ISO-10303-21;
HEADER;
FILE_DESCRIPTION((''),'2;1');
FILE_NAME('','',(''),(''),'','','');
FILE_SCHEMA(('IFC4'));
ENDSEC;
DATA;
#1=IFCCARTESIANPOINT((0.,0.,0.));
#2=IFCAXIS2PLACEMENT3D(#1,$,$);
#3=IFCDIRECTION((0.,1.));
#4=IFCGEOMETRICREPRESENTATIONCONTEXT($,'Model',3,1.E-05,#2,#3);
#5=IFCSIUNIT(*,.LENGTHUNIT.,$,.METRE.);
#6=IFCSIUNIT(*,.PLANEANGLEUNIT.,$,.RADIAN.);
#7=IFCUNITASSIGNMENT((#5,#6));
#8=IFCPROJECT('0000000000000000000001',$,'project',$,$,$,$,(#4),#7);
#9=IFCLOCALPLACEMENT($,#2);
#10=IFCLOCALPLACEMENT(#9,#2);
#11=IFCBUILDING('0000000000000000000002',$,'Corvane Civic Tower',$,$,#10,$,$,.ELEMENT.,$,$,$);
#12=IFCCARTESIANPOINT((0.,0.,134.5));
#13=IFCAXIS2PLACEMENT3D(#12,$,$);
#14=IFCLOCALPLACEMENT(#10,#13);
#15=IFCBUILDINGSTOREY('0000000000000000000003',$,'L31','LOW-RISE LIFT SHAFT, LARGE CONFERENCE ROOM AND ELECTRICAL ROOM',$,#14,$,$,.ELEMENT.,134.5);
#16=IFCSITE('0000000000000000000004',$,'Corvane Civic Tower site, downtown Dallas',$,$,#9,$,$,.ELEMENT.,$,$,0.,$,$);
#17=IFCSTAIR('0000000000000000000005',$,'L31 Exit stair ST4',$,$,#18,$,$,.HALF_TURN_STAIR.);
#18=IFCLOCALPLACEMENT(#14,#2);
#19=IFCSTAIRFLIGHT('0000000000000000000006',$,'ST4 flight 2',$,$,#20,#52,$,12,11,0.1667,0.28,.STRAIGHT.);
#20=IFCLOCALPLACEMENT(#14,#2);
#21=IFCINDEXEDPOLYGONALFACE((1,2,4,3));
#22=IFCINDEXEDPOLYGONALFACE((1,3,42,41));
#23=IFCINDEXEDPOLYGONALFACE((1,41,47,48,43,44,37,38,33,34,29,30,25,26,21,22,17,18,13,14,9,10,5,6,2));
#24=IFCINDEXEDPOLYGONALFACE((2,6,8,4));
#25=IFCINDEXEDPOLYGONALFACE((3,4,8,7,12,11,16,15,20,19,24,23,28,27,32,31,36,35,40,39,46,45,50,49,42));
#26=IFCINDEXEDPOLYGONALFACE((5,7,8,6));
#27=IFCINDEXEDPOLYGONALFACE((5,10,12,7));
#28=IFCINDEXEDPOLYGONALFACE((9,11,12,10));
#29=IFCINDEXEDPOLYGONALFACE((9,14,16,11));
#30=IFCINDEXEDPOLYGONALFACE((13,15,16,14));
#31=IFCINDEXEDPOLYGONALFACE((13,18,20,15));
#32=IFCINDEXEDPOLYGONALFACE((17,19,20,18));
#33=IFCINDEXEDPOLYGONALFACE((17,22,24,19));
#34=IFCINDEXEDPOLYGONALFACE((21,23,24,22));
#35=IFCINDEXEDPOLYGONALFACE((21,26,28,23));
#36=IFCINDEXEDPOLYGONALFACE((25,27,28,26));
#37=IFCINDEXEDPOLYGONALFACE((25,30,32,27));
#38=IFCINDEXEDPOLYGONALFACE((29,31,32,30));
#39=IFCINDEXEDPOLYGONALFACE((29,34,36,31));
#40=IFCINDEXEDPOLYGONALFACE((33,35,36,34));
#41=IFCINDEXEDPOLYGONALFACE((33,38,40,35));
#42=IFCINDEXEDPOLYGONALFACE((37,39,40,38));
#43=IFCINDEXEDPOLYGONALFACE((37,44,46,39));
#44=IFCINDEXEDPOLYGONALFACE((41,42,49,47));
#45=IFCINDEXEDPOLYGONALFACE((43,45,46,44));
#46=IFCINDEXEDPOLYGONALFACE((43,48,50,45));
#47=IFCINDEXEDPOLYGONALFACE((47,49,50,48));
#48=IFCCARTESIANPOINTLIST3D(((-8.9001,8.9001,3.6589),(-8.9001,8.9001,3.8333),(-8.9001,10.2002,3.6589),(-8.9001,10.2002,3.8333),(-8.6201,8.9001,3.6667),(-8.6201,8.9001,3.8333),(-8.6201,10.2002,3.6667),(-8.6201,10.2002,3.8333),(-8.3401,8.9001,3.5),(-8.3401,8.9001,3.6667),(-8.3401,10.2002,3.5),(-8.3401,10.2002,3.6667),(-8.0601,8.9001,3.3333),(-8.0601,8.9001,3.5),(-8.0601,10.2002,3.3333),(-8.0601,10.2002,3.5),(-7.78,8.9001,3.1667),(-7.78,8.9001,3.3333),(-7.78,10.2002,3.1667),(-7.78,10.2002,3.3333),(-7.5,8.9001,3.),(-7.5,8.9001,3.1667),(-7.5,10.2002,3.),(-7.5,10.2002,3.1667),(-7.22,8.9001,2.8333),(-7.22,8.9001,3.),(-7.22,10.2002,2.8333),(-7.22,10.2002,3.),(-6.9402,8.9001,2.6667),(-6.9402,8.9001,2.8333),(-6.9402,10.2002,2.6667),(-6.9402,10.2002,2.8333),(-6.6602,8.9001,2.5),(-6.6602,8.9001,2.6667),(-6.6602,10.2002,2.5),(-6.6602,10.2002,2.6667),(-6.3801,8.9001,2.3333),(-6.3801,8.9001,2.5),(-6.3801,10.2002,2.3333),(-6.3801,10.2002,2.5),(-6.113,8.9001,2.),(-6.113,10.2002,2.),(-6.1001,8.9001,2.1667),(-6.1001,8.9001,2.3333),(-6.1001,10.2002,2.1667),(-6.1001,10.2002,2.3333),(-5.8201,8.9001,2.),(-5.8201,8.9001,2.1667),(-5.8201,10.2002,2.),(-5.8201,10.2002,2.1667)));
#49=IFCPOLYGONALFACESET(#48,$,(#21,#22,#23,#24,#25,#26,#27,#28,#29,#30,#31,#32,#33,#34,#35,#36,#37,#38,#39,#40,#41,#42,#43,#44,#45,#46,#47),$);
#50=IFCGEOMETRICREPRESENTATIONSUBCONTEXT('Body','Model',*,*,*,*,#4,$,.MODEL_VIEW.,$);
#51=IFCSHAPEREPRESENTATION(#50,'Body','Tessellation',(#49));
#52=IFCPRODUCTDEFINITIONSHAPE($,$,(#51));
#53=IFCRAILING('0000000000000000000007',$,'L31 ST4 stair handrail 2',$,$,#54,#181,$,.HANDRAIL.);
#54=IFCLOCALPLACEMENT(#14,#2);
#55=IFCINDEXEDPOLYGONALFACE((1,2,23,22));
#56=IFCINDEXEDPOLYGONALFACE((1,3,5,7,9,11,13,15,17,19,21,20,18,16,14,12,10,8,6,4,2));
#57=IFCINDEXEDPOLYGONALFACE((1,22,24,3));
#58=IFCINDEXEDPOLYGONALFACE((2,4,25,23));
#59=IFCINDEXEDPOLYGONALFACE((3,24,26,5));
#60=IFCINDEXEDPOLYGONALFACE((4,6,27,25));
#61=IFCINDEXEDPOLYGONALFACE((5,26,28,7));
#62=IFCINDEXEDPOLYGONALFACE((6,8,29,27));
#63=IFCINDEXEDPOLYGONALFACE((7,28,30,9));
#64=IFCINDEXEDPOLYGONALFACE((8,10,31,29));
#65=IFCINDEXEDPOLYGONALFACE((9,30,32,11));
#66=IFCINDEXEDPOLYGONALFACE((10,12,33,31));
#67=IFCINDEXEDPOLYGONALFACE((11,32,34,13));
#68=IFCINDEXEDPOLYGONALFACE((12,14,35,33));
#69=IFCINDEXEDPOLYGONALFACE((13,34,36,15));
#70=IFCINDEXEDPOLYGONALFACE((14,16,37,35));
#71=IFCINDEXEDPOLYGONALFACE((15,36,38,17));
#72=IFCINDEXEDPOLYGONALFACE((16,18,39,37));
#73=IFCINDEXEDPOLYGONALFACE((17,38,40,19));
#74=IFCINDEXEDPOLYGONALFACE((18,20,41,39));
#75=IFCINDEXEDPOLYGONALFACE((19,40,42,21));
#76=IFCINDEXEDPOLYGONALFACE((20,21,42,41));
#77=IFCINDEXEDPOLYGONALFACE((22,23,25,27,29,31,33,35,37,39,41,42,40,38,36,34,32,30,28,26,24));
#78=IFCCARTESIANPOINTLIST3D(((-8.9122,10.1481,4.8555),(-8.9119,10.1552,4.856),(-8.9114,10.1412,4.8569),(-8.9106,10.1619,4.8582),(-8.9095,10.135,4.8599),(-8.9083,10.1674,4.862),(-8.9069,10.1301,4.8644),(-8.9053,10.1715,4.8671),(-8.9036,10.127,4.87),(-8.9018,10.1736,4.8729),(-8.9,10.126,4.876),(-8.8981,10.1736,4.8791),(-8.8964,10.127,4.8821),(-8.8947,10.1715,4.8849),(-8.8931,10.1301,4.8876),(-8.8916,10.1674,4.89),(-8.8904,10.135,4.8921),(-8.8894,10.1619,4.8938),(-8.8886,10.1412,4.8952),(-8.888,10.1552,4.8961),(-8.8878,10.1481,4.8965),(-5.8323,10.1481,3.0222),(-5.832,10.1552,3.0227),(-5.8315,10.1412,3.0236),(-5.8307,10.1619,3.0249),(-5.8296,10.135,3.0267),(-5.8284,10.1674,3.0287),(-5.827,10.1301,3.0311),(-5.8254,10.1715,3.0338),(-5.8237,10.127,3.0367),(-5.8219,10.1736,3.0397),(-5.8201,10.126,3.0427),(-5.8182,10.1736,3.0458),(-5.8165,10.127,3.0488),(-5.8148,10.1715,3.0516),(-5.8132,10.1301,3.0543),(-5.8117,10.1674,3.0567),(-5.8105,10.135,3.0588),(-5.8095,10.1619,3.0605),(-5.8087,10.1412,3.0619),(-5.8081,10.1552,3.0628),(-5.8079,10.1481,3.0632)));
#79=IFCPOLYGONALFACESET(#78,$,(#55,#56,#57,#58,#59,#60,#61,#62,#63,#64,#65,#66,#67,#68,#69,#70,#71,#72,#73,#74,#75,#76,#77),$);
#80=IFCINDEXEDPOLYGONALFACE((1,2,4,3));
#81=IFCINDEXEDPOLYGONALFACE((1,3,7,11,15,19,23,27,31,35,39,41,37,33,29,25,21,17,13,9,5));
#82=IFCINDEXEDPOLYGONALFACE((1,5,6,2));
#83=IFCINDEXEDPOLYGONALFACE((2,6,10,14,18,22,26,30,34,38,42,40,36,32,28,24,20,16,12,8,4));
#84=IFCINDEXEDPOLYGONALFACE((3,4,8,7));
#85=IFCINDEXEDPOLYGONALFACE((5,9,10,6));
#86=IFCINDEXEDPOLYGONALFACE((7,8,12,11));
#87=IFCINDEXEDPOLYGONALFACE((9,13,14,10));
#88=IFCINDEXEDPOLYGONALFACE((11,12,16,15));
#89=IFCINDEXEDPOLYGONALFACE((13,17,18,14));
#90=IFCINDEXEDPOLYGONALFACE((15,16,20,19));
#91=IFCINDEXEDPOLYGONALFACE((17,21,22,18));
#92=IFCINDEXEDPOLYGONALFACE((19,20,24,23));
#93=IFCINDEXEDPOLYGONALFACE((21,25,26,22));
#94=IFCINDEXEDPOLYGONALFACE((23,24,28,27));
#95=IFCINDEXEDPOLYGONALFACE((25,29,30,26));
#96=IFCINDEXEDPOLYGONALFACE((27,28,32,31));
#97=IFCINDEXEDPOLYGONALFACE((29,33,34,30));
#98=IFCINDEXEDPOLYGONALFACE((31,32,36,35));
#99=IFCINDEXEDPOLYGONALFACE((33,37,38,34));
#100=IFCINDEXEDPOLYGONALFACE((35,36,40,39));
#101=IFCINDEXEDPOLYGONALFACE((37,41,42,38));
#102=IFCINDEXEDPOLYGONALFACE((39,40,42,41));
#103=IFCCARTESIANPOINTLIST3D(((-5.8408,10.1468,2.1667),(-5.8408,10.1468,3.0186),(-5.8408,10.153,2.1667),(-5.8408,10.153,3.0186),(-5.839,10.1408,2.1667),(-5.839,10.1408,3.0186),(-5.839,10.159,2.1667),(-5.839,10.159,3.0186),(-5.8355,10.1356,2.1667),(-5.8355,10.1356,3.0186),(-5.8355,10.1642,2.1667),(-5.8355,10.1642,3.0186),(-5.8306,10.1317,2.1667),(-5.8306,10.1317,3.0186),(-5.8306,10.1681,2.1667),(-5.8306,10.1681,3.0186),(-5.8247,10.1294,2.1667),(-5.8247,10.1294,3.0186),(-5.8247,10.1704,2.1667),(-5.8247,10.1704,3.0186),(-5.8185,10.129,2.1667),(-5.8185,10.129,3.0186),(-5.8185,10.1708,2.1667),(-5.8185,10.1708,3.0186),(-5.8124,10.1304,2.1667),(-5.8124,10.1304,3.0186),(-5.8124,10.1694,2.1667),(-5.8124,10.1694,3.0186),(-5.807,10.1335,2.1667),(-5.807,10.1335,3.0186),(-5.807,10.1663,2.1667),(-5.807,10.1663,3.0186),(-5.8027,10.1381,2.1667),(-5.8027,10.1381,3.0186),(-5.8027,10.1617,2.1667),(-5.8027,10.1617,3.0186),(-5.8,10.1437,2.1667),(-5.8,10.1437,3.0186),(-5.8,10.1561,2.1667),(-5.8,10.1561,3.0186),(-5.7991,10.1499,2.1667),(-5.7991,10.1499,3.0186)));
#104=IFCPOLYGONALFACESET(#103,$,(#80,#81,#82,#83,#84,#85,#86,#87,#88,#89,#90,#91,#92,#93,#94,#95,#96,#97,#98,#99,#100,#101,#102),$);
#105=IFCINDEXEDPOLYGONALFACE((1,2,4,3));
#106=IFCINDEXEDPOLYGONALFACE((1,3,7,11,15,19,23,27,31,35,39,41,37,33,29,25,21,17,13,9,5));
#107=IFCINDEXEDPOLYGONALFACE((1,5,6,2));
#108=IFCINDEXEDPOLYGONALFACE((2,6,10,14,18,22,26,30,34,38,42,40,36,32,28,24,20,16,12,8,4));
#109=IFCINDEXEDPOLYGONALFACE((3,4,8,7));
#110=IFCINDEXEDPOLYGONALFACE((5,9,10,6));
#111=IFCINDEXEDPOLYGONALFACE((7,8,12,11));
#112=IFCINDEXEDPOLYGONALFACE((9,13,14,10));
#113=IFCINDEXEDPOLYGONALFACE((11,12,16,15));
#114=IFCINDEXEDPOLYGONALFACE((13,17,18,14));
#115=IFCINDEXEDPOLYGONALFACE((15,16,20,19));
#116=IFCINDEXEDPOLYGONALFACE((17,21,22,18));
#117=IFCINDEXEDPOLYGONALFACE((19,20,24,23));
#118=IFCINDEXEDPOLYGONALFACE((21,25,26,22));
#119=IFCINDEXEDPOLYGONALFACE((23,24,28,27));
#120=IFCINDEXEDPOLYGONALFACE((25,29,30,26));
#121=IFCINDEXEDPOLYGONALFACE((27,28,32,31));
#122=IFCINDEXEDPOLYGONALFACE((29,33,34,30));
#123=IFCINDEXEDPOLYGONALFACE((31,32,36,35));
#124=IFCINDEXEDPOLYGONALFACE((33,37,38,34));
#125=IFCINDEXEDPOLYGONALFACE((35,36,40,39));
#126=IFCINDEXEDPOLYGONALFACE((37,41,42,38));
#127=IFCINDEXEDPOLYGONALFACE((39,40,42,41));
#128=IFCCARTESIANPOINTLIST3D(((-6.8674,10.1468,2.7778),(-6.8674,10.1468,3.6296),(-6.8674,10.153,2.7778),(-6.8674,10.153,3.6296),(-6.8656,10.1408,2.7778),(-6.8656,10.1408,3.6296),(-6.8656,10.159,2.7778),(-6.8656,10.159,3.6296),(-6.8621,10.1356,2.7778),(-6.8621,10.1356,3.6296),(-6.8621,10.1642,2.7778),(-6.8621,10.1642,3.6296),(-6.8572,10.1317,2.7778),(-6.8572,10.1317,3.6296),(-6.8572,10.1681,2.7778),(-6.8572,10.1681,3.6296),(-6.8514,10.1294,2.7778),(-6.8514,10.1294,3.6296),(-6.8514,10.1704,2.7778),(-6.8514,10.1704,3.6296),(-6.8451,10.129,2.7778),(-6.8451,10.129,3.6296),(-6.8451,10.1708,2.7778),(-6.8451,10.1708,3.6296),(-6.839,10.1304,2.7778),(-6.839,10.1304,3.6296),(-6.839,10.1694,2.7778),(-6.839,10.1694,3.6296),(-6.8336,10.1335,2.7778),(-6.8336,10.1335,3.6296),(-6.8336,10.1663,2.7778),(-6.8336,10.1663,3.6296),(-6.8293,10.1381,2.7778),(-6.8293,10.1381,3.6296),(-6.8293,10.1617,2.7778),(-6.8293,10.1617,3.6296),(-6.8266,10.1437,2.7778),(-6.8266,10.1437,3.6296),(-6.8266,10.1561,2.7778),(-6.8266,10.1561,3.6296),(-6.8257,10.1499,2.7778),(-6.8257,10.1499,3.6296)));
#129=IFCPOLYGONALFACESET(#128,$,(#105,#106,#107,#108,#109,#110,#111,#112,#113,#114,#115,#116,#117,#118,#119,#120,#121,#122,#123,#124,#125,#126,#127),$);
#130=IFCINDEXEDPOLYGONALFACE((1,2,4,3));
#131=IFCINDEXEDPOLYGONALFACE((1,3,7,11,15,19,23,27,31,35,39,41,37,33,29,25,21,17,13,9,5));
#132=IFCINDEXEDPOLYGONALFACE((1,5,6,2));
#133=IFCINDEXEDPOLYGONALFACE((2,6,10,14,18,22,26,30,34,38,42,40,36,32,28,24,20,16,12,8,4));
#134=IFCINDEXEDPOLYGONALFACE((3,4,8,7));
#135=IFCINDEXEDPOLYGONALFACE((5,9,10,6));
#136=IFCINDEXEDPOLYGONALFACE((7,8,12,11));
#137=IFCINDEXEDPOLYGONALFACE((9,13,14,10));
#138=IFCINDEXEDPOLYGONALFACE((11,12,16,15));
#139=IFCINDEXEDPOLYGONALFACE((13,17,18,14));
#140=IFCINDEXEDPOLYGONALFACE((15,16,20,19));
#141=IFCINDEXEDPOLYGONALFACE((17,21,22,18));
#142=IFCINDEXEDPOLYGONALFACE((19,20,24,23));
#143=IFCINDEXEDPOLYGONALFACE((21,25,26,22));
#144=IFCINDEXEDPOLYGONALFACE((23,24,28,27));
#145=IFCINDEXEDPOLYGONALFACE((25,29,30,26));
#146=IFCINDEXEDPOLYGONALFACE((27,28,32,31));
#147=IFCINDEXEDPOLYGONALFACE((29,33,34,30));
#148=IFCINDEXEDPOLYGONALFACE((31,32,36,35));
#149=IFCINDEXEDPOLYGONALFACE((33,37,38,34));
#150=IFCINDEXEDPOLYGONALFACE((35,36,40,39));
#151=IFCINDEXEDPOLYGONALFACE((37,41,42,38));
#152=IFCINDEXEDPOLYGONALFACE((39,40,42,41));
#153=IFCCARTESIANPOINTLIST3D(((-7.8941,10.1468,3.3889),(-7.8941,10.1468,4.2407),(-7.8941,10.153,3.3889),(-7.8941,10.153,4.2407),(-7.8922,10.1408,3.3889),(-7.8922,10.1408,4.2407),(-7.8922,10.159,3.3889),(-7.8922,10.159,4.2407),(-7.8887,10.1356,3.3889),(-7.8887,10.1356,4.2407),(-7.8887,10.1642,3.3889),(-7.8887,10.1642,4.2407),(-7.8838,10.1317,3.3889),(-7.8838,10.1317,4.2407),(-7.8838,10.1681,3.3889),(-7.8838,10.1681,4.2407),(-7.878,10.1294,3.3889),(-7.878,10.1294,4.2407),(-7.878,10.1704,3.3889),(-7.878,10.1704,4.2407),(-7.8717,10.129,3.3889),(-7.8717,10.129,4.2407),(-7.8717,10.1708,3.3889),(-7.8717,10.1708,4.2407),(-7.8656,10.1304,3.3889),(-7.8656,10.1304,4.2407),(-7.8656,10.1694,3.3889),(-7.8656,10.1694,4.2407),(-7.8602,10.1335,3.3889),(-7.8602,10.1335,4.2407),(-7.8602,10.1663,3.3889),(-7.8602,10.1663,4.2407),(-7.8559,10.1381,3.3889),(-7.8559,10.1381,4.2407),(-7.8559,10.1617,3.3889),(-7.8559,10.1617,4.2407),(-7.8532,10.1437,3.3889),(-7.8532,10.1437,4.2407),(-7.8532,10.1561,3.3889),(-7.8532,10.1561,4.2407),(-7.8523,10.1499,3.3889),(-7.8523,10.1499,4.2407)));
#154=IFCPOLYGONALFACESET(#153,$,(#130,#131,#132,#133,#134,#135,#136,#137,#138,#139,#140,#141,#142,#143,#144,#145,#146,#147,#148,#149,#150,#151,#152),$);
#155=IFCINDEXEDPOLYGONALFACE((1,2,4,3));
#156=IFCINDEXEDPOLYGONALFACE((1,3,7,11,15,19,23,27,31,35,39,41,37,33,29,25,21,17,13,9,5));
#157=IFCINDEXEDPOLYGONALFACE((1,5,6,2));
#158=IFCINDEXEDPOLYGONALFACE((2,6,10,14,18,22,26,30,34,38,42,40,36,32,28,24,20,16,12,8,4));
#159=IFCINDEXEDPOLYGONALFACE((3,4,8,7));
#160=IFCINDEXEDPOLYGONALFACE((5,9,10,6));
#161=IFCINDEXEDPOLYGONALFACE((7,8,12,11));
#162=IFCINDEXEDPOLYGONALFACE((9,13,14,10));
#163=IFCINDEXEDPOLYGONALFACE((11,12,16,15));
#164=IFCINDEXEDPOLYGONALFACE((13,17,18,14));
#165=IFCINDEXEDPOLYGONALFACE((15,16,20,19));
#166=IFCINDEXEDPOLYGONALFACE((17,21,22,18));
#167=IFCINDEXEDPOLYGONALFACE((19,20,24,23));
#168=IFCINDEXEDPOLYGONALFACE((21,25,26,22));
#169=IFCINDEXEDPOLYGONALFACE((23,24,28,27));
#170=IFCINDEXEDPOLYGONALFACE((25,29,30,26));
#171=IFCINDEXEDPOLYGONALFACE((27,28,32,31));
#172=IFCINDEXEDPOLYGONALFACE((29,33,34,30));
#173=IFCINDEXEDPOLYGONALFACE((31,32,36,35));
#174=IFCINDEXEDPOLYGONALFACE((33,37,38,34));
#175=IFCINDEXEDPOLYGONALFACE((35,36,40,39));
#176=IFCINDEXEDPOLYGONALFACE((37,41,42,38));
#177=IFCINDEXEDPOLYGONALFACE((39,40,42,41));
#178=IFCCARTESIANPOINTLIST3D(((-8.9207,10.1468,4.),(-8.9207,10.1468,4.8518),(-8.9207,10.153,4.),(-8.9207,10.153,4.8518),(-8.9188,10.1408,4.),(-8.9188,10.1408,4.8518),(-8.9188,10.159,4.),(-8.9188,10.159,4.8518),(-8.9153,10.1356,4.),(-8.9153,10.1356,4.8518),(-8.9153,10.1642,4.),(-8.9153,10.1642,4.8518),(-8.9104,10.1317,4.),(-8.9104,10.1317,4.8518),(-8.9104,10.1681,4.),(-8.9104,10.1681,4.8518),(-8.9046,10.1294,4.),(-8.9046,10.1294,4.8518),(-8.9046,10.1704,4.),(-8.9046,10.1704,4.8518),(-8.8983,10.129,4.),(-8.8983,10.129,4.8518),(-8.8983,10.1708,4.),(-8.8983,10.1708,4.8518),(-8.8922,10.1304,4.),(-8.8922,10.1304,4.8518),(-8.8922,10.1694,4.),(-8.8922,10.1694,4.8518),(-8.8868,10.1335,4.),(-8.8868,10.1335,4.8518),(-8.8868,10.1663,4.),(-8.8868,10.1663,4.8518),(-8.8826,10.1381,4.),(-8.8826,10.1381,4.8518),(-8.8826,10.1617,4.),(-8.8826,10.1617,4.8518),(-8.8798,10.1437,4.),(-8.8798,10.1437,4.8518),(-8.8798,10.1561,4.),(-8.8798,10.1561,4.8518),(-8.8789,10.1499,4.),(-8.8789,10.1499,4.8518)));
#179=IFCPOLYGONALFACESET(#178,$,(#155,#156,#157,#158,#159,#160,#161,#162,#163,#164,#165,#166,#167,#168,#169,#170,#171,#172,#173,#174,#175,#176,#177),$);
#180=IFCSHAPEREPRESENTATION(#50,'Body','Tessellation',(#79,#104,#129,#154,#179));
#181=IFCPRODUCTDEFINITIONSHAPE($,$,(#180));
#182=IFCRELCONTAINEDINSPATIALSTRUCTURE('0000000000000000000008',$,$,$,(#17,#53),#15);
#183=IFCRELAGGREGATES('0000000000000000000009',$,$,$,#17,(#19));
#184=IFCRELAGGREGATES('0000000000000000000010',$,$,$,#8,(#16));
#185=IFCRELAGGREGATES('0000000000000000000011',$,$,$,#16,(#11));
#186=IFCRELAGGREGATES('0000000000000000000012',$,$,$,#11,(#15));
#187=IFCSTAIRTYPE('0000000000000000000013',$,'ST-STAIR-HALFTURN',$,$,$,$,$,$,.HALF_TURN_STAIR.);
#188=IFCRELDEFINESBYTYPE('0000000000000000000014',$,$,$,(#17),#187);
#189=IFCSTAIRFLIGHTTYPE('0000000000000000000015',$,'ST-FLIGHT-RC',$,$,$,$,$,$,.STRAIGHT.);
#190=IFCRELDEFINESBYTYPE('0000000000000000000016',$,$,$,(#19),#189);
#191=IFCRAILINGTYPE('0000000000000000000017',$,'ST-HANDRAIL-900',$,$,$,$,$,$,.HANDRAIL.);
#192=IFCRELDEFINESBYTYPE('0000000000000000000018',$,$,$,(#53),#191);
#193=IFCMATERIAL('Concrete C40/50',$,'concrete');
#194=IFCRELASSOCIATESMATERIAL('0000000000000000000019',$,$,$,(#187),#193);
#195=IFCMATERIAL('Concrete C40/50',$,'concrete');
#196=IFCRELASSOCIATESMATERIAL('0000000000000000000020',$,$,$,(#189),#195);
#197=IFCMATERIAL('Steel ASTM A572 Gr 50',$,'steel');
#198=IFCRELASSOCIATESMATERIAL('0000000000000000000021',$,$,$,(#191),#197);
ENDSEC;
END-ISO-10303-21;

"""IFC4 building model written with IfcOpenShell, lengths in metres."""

from ifc_helpers import new_model, si_unit, direction, frame, origin, origin_2d, place, context, subcontext, project, spatial, polyline, circle, outline, extrude, material, type_object, element, aggregate, save


model = new_model("IFC4")

# Units and contexts
model_context = context("Model", 3, precision=1e-05, world=origin(), true_north=direction((0.0, 1.0)))
body_context = subcontext(model_context, "Body", "Model", "MODEL_VIEW")
ifc_project = project(units=[si_unit("LENGTHUNIT", "METRE"), si_unit("PLANEANGLEUNIT", "RADIAN")], contexts=[model_context])

# Site, building, storey
site_placement = place(None, origin())
site = spatial("IfcSite", under=ifc_project, at=site_placement, Name="Corvane Civic Tower site, downtown Dallas", CompositionType="ELEMENT", RefElevation=0.0)
building_placement = place(site_placement, origin())
building = spatial("IfcBuilding", under=site, at=building_placement, Name="Corvane Civic Tower", CompositionType="ELEMENT")
storey_placement = place(building_placement, frame((0.0, 0.0, 134.5)))
storey = spatial("IfcBuildingStorey", under=building, at=storey_placement, Name="L31", Description="LOW-RISE LIFT SHAFT, LARGE CONFERENCE ROOM AND ELECTRICAL ROOM", CompositionType="ELEMENT", Elevation=134.5)

# Stair, stair flight
ifc_material_1 = material(Name="Concrete C40/50", Category="concrete")
stair_type = type_object("IfcStairType", Name="ST-STAIR-HALFTURN", PredefinedType="HALF_TURN_STAIR", material=ifc_material_1)
stair_placement = place(storey_placement, origin())
stair = element("IfcStair", 1, at=stair_placement, inside=storey, type_object=stair_type, Name="L31 Exit stair ST4", PredefinedType="HALF_TURN_STAIR")
ifc_material_2 = material(Name="Concrete C40/50", Category="concrete")
stair_flight_type = type_object("IfcStairFlightType", Name="ST-FLIGHT-RC", PredefinedType="STRAIGHT", material=ifc_material_2)
stair_flight_placement = place(storey_placement, frame((-5.8201, 9.55, 2.0), z_axis=(0.0, 0.0, 1.0), x_axis=(-1.0, 0.0, 0.0)))
stair_flight = element("IfcStairFlight", 2, at=stair_flight_placement, type_object=stair_flight_type, Name="ST4 flight 2", NumberOfRisers=12, NumberOfTreads=11, PredefinedType="STRAIGHT", RiserHeight=0.1667, TreadLength=0.28, context=body_context, shape_type="SweptSolid", body=[
    extrude(outline(polyline([(0.0, 0.0), (0.0, 0.1667), (0.28, 0.1667), (0.28, 0.3333), (0.5601, 0.3333), (0.5601, 0.5), (0.8401, 0.5), (0.8401, 0.6667), (1.1201, 0.6667), (1.1201, 0.8333), (1.3999, 0.8333), (1.3999, 1.0), (1.6799, 1.0), (1.6799, 1.1667), (1.96, 1.1667), (1.96, 1.3333), (2.24, 1.3333), (2.24, 1.5), (2.52, 1.5), (2.52, 1.6667), (2.8, 1.6667), (2.8, 1.8333), (3.0801, 1.8333), (3.0801, 2.0), (3.0801, 1.6589), (0.293, 0.0), (0.0, 0.0)])), frame((0.0, 0.6499, 0.0), z_axis=(0.0, -1.0, 0.0), x_axis=(1.0, 0.0, 0.0)), (0.0, 0.0, 1.0), 1.3),
])
aggregate(stair, [stair_flight])

# Railing
ifc_material_3 = material(Name="Steel ASTM A572 Gr 50", Category="steel")
railing_type = type_object("IfcRailingType", Name="ST-HANDRAIL-900", PredefinedType="HANDRAIL", material=ifc_material_3)
railing_placement = place(storey_placement, frame((-5.8201, 10.1499, 2.1667)))
element("IfcRailing", 3, at=railing_placement, inside=storey, type_object=railing_type, Name="L31 ST4 stair handrail 2", PredefinedType="HANDRAIL", context=body_context, shape_type="SweptSolid", body=[
    extrude(circle(Radius=0.0239, at=origin_2d()), frame((0.0, 0.0, 0.876), z_axis=(-0.859291, 0.0, 0.511487), x_axis=(0.0, -1.0, 0.0)), (0.0, 0.0, 1.0), 3.5842),
    extrude(circle(Radius=0.021, at=origin_2d()), origin(), (0.0, 0.0, 1.0), 0.8518),
    extrude(circle(Radius=0.021, at=origin_2d()), frame((-1.0266, 0.0, 0.6111)), (0.0, 0.0, 1.0), 0.8518),
    extrude(circle(Radius=0.021, at=origin_2d()), frame((-2.0532, 0.0, 1.2222)), (0.0, 0.0, 1.0), 0.8518),
    extrude(circle(Radius=0.021, at=origin_2d()), frame((-3.0798, 0.0, 1.8333)), (0.0, 0.0, 1.0), 0.8518),
])

save(model, "model.ifc")
